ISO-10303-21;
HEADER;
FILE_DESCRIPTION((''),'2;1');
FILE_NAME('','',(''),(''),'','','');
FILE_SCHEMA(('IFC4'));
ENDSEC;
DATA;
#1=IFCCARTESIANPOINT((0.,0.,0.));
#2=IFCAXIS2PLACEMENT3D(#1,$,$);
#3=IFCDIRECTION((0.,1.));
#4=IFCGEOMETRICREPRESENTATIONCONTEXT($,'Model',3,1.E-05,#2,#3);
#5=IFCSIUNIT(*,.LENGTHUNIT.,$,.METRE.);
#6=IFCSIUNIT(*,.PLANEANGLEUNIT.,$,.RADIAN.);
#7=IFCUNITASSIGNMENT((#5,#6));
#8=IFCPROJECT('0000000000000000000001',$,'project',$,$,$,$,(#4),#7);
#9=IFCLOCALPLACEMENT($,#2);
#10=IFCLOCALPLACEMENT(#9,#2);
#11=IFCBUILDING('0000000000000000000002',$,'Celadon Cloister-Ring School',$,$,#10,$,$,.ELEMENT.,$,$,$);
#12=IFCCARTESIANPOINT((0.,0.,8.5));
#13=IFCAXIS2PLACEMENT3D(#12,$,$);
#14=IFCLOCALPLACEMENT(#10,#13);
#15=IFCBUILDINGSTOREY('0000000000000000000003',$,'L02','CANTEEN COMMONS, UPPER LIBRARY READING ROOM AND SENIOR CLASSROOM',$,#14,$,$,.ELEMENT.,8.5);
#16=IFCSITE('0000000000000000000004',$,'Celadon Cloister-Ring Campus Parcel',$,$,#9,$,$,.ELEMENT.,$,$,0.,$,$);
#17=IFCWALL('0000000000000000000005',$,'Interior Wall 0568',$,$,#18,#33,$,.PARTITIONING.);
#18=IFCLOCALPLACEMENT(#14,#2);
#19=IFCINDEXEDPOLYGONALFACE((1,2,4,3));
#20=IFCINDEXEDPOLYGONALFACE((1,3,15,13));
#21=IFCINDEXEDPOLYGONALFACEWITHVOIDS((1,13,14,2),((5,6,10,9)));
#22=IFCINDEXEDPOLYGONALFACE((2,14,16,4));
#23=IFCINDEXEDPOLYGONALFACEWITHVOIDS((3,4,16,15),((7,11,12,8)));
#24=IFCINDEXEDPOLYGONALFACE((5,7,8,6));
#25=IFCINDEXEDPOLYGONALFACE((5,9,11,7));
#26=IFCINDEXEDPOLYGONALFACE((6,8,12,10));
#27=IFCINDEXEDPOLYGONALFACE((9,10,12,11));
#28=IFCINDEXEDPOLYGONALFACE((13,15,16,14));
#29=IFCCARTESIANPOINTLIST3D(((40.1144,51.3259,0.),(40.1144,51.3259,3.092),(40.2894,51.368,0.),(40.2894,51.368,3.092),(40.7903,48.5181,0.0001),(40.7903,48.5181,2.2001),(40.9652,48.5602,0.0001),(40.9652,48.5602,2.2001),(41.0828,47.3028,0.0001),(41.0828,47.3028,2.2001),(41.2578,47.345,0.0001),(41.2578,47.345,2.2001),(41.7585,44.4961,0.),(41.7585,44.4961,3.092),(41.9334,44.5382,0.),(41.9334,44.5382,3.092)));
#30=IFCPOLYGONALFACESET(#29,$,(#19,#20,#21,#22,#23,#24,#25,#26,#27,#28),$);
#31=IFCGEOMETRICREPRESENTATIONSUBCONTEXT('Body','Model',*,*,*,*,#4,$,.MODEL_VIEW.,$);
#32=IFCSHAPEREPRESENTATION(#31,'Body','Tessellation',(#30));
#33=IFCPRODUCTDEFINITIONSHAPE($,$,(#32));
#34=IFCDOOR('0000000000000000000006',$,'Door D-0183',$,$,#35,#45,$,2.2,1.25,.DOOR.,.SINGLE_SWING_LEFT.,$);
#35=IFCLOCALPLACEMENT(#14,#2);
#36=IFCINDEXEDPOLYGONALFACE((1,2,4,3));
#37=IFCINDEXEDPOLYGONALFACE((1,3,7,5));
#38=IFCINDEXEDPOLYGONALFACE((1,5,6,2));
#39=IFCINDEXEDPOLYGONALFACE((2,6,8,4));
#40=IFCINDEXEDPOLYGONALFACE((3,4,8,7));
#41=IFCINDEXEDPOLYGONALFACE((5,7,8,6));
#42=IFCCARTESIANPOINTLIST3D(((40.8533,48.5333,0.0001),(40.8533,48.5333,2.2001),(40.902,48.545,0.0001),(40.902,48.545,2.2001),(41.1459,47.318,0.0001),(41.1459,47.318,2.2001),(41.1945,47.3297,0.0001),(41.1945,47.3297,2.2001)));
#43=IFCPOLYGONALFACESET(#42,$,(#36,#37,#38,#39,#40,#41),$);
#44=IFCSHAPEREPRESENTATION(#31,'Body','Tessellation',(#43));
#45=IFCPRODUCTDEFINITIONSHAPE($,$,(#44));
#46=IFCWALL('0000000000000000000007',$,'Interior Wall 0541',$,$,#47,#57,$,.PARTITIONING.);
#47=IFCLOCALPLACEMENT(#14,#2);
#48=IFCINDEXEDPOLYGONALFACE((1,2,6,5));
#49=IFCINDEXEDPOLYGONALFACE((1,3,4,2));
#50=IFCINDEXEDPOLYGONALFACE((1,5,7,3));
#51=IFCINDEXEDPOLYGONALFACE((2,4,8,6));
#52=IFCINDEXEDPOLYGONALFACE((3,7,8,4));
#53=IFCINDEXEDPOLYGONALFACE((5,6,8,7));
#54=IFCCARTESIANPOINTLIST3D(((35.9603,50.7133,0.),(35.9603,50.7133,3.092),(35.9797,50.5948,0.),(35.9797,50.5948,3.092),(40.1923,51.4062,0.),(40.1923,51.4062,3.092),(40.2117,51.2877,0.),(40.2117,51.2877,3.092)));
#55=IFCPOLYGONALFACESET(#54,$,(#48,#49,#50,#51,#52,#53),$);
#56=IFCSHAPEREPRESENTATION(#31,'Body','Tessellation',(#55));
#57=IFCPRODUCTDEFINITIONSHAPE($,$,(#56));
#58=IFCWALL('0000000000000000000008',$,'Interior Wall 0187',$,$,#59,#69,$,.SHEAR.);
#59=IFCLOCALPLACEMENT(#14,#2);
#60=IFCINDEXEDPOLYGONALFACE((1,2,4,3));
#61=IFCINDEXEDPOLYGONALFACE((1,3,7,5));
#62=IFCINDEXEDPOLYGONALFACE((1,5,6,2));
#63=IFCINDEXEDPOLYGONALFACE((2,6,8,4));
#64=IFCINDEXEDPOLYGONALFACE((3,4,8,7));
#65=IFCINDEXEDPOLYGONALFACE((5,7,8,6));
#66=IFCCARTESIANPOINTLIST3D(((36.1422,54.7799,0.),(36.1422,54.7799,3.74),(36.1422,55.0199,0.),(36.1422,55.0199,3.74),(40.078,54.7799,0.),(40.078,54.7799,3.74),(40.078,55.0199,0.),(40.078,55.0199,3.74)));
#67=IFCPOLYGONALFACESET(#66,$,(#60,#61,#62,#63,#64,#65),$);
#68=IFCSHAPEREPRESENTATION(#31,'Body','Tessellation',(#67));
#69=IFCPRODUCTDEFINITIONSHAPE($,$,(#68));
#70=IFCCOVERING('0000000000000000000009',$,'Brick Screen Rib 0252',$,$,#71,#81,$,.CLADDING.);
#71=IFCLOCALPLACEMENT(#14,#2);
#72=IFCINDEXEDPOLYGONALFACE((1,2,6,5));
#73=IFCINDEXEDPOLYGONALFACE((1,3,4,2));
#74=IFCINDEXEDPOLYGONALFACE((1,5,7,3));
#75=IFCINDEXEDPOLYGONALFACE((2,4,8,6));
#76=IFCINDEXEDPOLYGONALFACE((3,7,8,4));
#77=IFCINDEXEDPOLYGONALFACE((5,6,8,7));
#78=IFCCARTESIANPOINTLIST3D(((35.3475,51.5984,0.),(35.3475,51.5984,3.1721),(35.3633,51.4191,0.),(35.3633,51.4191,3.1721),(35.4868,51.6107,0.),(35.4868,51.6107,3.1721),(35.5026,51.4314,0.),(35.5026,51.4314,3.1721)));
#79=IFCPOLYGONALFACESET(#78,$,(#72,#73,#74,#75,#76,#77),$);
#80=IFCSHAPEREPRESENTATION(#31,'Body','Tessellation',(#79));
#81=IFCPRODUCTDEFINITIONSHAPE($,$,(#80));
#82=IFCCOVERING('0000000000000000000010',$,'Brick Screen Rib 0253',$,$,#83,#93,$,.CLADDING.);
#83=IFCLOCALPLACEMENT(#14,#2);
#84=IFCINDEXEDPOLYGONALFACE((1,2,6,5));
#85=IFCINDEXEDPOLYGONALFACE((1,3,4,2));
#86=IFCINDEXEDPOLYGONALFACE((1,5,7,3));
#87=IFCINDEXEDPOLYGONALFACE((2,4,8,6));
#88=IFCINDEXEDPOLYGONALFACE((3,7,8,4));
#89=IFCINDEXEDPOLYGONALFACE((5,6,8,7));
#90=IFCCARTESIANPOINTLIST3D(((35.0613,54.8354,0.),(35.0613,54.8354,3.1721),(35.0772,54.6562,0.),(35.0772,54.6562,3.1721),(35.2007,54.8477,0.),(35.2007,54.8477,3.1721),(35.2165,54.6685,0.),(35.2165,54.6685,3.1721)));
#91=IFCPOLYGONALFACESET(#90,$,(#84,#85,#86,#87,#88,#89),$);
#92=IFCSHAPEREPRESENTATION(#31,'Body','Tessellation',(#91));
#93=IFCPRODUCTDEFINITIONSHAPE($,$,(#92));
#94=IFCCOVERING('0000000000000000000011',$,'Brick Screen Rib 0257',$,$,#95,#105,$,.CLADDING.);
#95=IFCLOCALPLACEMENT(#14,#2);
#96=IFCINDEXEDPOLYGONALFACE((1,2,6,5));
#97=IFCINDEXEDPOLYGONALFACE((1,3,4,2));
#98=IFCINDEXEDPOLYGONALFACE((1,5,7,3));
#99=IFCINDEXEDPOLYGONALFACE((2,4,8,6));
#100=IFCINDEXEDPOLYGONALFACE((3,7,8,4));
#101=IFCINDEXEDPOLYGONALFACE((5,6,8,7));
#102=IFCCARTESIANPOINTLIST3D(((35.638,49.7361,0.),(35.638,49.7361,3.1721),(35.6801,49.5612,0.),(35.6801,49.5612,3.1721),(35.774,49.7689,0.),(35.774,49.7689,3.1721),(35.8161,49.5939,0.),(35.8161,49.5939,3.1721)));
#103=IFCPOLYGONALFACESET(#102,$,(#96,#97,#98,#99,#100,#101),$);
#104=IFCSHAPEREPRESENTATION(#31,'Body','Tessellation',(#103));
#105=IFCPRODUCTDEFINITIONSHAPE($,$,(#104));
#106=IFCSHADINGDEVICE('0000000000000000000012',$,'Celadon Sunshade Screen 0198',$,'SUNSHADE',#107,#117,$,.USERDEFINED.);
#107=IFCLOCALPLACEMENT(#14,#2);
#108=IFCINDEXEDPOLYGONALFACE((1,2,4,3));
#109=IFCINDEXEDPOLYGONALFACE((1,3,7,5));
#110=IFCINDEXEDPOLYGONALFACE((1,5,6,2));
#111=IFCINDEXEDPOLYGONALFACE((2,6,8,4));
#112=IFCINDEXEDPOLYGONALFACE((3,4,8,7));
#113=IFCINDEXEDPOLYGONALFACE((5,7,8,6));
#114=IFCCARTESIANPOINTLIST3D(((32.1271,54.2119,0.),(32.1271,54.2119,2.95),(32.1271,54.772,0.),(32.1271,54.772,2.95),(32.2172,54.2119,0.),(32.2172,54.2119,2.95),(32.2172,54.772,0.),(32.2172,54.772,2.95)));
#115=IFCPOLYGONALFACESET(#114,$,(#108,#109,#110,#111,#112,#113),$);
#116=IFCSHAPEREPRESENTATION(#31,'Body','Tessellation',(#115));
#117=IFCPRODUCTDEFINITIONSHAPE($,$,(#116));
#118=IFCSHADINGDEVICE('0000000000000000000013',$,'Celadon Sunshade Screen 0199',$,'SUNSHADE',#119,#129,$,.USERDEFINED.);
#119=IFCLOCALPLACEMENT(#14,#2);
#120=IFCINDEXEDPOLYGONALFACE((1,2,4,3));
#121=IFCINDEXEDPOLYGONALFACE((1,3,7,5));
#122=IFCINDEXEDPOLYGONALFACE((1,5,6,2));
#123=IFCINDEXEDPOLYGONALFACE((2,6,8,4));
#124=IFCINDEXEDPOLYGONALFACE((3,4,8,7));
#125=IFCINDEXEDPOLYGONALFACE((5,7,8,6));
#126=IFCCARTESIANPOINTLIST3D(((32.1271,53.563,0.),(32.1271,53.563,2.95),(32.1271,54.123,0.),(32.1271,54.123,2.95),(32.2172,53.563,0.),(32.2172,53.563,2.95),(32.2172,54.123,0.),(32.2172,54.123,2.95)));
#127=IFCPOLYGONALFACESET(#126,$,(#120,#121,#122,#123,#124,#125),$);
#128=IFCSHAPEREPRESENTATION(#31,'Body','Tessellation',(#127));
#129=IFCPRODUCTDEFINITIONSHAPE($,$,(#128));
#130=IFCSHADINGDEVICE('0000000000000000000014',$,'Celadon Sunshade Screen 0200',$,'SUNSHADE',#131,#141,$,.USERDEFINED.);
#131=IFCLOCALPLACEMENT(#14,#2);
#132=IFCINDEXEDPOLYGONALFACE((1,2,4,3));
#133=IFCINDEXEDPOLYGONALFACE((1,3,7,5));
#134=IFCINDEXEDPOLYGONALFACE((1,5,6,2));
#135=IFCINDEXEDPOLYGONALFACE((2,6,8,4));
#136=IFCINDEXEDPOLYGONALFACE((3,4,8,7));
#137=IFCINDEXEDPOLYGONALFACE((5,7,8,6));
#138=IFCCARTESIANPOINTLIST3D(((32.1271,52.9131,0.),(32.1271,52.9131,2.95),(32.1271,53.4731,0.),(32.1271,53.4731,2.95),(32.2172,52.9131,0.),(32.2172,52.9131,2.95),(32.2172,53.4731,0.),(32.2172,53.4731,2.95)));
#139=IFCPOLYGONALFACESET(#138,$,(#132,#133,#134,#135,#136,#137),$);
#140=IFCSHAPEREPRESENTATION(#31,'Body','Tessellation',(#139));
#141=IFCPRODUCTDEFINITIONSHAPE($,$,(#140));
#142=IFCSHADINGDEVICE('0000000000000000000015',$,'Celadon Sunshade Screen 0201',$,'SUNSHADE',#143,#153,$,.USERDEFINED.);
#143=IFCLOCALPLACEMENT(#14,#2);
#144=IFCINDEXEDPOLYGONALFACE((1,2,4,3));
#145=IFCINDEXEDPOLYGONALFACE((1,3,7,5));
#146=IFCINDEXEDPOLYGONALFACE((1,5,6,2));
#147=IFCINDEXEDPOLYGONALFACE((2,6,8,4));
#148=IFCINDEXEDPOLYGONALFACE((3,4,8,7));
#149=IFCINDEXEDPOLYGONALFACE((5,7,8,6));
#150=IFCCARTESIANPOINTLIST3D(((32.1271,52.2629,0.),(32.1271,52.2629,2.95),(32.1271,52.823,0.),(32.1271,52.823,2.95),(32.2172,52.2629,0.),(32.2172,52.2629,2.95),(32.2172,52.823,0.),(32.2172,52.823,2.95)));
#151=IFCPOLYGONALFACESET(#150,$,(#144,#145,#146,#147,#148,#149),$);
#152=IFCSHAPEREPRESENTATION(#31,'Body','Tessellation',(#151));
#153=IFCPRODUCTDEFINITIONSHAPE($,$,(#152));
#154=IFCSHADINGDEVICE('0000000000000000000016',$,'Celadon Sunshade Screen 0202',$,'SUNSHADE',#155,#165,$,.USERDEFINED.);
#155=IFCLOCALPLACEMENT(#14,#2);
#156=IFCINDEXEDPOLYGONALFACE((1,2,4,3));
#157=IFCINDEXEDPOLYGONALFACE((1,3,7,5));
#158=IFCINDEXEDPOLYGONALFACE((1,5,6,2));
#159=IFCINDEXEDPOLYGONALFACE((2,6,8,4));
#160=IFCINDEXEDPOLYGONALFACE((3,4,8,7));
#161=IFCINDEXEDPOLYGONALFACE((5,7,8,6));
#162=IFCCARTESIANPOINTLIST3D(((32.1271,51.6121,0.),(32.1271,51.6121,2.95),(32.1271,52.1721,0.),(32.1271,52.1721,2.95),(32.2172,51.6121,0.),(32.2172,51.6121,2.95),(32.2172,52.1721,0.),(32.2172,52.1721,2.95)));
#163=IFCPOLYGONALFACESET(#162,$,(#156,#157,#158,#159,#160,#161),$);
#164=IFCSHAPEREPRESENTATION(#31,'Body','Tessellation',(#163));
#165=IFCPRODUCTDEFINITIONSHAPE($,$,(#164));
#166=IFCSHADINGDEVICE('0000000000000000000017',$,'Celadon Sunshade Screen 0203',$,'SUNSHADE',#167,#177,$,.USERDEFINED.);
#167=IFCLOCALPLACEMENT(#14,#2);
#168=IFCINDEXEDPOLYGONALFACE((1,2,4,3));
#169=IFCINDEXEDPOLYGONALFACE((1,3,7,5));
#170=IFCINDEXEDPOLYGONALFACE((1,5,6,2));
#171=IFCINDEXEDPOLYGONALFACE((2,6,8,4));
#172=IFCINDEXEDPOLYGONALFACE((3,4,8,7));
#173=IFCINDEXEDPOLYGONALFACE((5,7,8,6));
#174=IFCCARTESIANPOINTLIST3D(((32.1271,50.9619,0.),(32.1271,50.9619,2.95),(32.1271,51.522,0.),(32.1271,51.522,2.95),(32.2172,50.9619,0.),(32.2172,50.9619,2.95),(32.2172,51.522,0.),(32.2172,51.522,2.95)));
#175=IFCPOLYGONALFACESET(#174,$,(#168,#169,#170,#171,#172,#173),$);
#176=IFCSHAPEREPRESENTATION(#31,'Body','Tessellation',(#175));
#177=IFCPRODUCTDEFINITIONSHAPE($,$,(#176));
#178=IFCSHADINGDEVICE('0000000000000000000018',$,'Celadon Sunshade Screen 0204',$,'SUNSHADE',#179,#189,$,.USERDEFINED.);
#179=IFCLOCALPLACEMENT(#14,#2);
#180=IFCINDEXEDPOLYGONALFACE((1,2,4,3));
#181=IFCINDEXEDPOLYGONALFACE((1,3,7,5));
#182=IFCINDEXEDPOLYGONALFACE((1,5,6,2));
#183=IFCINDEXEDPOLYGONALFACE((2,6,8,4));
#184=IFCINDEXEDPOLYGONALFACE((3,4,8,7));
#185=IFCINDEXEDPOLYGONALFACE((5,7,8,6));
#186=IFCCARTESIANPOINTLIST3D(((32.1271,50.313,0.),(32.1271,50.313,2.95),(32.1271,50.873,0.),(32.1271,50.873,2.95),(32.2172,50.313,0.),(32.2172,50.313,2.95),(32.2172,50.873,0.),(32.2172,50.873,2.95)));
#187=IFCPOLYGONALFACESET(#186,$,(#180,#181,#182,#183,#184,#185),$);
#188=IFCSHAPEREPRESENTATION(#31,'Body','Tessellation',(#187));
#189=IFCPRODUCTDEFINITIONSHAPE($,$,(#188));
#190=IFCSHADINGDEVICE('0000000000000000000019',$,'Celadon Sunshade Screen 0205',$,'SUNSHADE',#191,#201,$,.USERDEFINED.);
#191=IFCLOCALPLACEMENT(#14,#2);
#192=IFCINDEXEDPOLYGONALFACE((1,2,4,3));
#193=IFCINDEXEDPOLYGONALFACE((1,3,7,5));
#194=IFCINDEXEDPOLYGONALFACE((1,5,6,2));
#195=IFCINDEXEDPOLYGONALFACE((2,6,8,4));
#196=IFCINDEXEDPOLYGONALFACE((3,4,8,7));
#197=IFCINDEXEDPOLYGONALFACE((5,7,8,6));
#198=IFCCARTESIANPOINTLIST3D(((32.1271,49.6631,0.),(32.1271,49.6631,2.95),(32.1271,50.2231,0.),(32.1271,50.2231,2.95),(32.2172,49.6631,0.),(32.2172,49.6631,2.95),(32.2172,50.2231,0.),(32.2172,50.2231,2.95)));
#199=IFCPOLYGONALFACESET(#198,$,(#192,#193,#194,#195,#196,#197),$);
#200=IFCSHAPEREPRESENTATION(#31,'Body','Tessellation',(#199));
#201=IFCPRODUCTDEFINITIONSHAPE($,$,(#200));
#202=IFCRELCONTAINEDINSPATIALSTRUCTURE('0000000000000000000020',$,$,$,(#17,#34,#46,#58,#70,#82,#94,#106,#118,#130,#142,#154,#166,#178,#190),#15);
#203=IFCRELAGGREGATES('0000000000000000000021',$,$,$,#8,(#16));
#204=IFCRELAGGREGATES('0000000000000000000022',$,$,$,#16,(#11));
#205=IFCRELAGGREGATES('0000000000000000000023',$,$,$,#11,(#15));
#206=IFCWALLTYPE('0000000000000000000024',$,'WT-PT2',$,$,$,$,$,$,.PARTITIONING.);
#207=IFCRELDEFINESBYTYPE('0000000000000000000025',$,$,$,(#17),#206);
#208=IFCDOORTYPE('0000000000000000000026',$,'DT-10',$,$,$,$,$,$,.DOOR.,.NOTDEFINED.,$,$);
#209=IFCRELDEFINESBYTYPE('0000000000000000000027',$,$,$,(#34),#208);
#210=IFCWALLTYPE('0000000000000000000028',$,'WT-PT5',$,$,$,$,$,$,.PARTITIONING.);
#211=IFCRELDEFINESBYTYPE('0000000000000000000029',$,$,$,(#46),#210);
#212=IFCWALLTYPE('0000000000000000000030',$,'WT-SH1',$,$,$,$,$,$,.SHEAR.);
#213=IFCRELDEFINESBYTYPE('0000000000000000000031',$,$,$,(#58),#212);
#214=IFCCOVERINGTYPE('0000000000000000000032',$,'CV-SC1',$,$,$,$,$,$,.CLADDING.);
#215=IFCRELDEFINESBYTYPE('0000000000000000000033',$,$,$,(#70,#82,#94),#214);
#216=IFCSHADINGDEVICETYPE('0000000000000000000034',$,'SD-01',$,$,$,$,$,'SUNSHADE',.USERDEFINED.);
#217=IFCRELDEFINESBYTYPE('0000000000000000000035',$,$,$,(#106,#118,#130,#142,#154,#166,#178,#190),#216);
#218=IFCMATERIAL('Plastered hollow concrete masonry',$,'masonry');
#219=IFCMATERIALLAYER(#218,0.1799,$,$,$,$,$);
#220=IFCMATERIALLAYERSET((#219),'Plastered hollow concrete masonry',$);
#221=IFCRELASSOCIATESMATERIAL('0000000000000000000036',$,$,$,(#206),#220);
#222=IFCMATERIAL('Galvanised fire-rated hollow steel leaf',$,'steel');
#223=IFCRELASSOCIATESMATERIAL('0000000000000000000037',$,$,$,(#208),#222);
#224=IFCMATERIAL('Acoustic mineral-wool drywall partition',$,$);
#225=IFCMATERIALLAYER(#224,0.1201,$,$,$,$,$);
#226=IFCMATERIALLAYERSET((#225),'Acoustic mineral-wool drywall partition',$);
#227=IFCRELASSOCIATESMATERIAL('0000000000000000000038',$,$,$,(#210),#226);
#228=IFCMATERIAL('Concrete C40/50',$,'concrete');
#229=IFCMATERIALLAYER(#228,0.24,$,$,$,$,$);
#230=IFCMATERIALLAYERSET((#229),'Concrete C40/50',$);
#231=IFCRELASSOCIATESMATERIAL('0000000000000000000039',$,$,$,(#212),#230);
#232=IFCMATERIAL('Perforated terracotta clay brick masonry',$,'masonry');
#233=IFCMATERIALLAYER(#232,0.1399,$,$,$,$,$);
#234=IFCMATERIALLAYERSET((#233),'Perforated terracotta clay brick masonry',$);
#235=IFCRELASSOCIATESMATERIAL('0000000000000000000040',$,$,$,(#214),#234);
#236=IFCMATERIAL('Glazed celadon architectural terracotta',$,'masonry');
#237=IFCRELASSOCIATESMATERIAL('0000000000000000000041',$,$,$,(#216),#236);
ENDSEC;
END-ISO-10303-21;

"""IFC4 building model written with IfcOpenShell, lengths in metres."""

from ifc_helpers import new_model, si_unit, direction, frame, frame_2d, origin, origin_2d, place, context, subcontext, project, spatial, rectangle, extrude, material, layer, layer_set, type_object, element, fill, save


model = new_model("IFC4")

# Units and contexts
model_context = context("Model", 3, precision=1e-05, world=origin(), true_north=direction((0.0, 1.0)))
body_context = subcontext(model_context, "Body", "Model", "MODEL_VIEW")
ifc_project = project(units=[si_unit("LENGTHUNIT", "METRE"), si_unit("PLANEANGLEUNIT", "RADIAN")], contexts=[model_context])

# Site, building, storey
site_placement = place(None, origin())
site = spatial("IfcSite", under=ifc_project, at=site_placement, Name="Celadon Cloister-Ring Campus Parcel", CompositionType="ELEMENT", RefElevation=0.0)
building_placement = place(site_placement, origin())
building = spatial("IfcBuilding", under=site, at=building_placement, Name="Celadon Cloister-Ring School", CompositionType="ELEMENT")
storey_placement = place(building_placement, frame((0.0, 0.0, 8.5)))
storey = spatial("IfcBuildingStorey", under=building, at=storey_placement, Name="L02", Description="CANTEEN COMMONS, UPPER LIBRARY READING ROOM AND SENIOR CLASSROOM", CompositionType="ELEMENT", Elevation=8.5)

# Wall, opening, door
ifc_material_1 = material(Name="Plastered hollow concrete masonry", Category="masonry")
ifc_layer_1 = layer(ifc_material_1, 0.1799)
ifc_layer_set_1 = layer_set([ifc_layer_1], Name="Plastered hollow concrete masonry")
wall_type_1 = type_object("IfcWallType", Name="WT-PT2", PredefinedType="PARTITIONING", material=ifc_layer_set_1)
wall_1_placement = place(storey_placement, frame((40.2019, 51.3469, 0.0), z_axis=(0.0, 0.0, 1.0), x_axis=(0.23403, -0.972229, 0.0)))
wall_1 = element("IfcWall", 1, at=wall_1_placement, inside=storey, type_object=wall_type_1, Name="Interior Wall 0568", PredefinedType="PARTITIONING", context=body_context, shape_type="SweptSolid", body=[
    extrude(rectangle(XDim=7.0249, YDim=0.1799, at=frame_2d((3.5125, 0.0))), origin(), (0.0, 0.0, 1.0), 3.092),
])
opening_1_placement = place(wall_1_placement, frame((2.8879, 0.0, 0.0)))
opening_1 = element("IfcOpeningElement", 2, at=opening_1_placement, cuts=wall_1, PredefinedType="OPENING", context=body_context, shape_type="SweptSolid", body=[
    extrude(rectangle(XDim=1.25, YDim=2.2, at=frame_2d((0.625, 1.1001))), frame((0.0, 0.1001, 0.0), z_axis=(0.0, -1.0, 0.0), x_axis=(1.0, 0.0, 0.0)), (0.0, 0.0, 1.0), 0.2),
])
ifc_material_2 = material(Name="Galvanised fire-rated hollow steel leaf", Category="steel")
door_type = type_object("IfcDoorType", Name="DT-10", OperationType="NOTDEFINED", PredefinedType="DOOR", material=ifc_material_2)
door_placement = place(opening_1_placement, origin())
door = element("IfcDoor", 3, at=door_placement, inside=storey, type_object=door_type, Name="Door D-0183", OperationType="SINGLE_SWING_LEFT", OverallHeight=2.2, OverallWidth=1.25, PredefinedType="DOOR", context=body_context, shape_type="SweptSolid", body=[
    extrude(rectangle(XDim=1.25, YDim=2.2, at=frame_2d((0.625, 1.1001))), frame((0.0, 0.0249, 0.0), z_axis=(0.0, -1.0, 0.0), x_axis=(1.0, 0.0, 0.0)), (0.0, 0.0, 1.0), 0.05),
])
fill(opening_1, door)

# Walls
ifc_material_3 = material(Name="Acoustic mineral-wool drywall partition")
ifc_layer_2 = layer(ifc_material_3, 0.1201)
ifc_layer_set_2 = layer_set([ifc_layer_2], Name="Acoustic mineral-wool drywall partition")
wall_type_2 = type_object("IfcWallType", Name="WT-PT5", PredefinedType="PARTITIONING", material=ifc_layer_set_2)
wall_2_placement = place(storey_placement, frame((40.2019, 51.3469, 0.0), z_axis=(0.0, 0.0, 1.0), x_axis=(-0.986861, -0.161573, 0.0)))
element("IfcWall", 4, at=wall_2_placement, inside=storey, type_object=wall_type_2, Name="Interior Wall 0541", PredefinedType="PARTITIONING", context=body_context, shape_type="SweptSolid", body=[
    extrude(rectangle(XDim=4.2883, YDim=0.1201, at=frame_2d((2.144, 0.0))), origin(), (0.0, 0.0, 1.0), 3.092),
])
ifc_material_4 = material(Name="Concrete C40/50", Category="concrete")
ifc_layer_3 = layer(ifc_material_4, 0.24)
ifc_layer_set_3 = layer_set([ifc_layer_3], Name="Concrete C40/50")
wall_type_3 = type_object("IfcWallType", Name="WT-SH1", PredefinedType="SHEAR", material=ifc_layer_set_3)
wall_3_placement = place(storey_placement, frame((40.0779, 54.8999, 0.0), z_axis=(0.0, 0.0, 1.0), x_axis=(-1.0, 0.0, 0.0)))
element("IfcWall", 5, at=wall_3_placement, inside=storey, type_object=wall_type_3, Name="Interior Wall 0187", PredefinedType="SHEAR", context=body_context, shape_type="SweptSolid", body=[
    extrude(rectangle(XDim=3.9358, YDim=0.24, at=frame_2d((1.9678, 0.0))), origin(), (0.0, 0.0, 1.0), 3.74),
])

# Coverings
ifc_material_5 = material(Name="Perforated terracotta clay brick masonry", Category="masonry")
ifc_layer_4 = layer(ifc_material_5, 0.1399)
ifc_layer_set_4 = layer_set([ifc_layer_4], Name="Perforated terracotta clay brick masonry")
covering_type = type_object("IfcCoveringType", Name="CV-SC1", PredefinedType="CLADDING", material=ifc_layer_set_4)
for number, where, z_axis, x_axis, name in (
    (6, (35.425, 51.5149, 0.0), (0.0, 0.0, 1.0), (-0.087973, 0.996123, 0.0), "Brick Screen Rib 0252"),
    (7, (35.1389, 54.752, 0.0), (0.0, 0.0, 1.0), (-0.087973, 0.996123, 0.0), "Brick Screen Rib 0253"),
    (8, (35.7271, 49.665, 0.0), (0.0, 0.0, 1.0), (-0.233988, 0.972239, 0.0), "Brick Screen Rib 0257"),
):
    element("IfcCovering", number, at=place(storey_placement, frame(where, z_axis=z_axis, x_axis=x_axis)), inside=storey, type_object=covering_type, Name=name, PredefinedType="CLADDING", context=body_context, shape_type="SweptSolid", body=[
        extrude(rectangle(XDim=0.1799, YDim=0.1399, at=origin_2d()), origin(), (0.0, 0.0, 1.0), 3.1721),
    ])

# Shading devices
ifc_material_6 = material(Name="Glazed celadon architectural terracotta", Category="masonry")
shading_device_type = type_object("IfcShadingDeviceType", Name="SD-01", ElementType="SUNSHADE", PredefinedType="USERDEFINED", material=ifc_material_6)
for number, where, z_axis, x_axis, name in (
    (9, (32.1721, 54.4919, 0.0), (0.0, 0.0, 1.0), (0.0, -1.0, 0.0), "Celadon Sunshade Screen 0198"),
    (10, (32.1721, 53.843, 0.0), (0.0, 0.0, 1.0), (0.0, -1.0, 0.0), "Celadon Sunshade Screen 0199"),
    (11, (32.1721, 53.1931, 0.0), (0.0, 0.0, 1.0), (0.0, -1.0, 0.0), "Celadon Sunshade Screen 0200"),
    (12, (32.1721, 52.543, 0.0), (0.0, 0.0, 1.0), (0.0, -1.0, 0.0), "Celadon Sunshade Screen 0201"),
    (13, (32.1721, 51.8921, 0.0), (0.0, 0.0, 1.0), (0.0, -1.0, 0.0), "Celadon Sunshade Screen 0202"),
    (14, (32.1721, 51.2419, 0.0), (0.0, 0.0, 1.0), (0.0, -1.0, 0.0), "Celadon Sunshade Screen 0203"),
    (15, (32.1721, 50.593, 0.0), (0.0, 0.0, 1.0), (0.0, -1.0, 0.0), "Celadon Sunshade Screen 0204"),
    (16, (32.1721, 49.9431, 0.0), (0.0, 0.0, 1.0), (0.0, -1.0, 0.0), "Celadon Sunshade Screen 0205"),
):
    element("IfcShadingDevice", number, at=place(storey_placement, frame(where, z_axis=z_axis, x_axis=x_axis)), inside=storey, type_object=shading_device_type, Name=name, ObjectType="SUNSHADE", PredefinedType="USERDEFINED", context=body_context, shape_type="SweptSolid", body=[
        extrude(rectangle(XDim=0.5601, YDim=0.0901, at=origin_2d()), origin(), (0.0, 0.0, 1.0), 2.95),
    ])

save(model, "model.ifc")
